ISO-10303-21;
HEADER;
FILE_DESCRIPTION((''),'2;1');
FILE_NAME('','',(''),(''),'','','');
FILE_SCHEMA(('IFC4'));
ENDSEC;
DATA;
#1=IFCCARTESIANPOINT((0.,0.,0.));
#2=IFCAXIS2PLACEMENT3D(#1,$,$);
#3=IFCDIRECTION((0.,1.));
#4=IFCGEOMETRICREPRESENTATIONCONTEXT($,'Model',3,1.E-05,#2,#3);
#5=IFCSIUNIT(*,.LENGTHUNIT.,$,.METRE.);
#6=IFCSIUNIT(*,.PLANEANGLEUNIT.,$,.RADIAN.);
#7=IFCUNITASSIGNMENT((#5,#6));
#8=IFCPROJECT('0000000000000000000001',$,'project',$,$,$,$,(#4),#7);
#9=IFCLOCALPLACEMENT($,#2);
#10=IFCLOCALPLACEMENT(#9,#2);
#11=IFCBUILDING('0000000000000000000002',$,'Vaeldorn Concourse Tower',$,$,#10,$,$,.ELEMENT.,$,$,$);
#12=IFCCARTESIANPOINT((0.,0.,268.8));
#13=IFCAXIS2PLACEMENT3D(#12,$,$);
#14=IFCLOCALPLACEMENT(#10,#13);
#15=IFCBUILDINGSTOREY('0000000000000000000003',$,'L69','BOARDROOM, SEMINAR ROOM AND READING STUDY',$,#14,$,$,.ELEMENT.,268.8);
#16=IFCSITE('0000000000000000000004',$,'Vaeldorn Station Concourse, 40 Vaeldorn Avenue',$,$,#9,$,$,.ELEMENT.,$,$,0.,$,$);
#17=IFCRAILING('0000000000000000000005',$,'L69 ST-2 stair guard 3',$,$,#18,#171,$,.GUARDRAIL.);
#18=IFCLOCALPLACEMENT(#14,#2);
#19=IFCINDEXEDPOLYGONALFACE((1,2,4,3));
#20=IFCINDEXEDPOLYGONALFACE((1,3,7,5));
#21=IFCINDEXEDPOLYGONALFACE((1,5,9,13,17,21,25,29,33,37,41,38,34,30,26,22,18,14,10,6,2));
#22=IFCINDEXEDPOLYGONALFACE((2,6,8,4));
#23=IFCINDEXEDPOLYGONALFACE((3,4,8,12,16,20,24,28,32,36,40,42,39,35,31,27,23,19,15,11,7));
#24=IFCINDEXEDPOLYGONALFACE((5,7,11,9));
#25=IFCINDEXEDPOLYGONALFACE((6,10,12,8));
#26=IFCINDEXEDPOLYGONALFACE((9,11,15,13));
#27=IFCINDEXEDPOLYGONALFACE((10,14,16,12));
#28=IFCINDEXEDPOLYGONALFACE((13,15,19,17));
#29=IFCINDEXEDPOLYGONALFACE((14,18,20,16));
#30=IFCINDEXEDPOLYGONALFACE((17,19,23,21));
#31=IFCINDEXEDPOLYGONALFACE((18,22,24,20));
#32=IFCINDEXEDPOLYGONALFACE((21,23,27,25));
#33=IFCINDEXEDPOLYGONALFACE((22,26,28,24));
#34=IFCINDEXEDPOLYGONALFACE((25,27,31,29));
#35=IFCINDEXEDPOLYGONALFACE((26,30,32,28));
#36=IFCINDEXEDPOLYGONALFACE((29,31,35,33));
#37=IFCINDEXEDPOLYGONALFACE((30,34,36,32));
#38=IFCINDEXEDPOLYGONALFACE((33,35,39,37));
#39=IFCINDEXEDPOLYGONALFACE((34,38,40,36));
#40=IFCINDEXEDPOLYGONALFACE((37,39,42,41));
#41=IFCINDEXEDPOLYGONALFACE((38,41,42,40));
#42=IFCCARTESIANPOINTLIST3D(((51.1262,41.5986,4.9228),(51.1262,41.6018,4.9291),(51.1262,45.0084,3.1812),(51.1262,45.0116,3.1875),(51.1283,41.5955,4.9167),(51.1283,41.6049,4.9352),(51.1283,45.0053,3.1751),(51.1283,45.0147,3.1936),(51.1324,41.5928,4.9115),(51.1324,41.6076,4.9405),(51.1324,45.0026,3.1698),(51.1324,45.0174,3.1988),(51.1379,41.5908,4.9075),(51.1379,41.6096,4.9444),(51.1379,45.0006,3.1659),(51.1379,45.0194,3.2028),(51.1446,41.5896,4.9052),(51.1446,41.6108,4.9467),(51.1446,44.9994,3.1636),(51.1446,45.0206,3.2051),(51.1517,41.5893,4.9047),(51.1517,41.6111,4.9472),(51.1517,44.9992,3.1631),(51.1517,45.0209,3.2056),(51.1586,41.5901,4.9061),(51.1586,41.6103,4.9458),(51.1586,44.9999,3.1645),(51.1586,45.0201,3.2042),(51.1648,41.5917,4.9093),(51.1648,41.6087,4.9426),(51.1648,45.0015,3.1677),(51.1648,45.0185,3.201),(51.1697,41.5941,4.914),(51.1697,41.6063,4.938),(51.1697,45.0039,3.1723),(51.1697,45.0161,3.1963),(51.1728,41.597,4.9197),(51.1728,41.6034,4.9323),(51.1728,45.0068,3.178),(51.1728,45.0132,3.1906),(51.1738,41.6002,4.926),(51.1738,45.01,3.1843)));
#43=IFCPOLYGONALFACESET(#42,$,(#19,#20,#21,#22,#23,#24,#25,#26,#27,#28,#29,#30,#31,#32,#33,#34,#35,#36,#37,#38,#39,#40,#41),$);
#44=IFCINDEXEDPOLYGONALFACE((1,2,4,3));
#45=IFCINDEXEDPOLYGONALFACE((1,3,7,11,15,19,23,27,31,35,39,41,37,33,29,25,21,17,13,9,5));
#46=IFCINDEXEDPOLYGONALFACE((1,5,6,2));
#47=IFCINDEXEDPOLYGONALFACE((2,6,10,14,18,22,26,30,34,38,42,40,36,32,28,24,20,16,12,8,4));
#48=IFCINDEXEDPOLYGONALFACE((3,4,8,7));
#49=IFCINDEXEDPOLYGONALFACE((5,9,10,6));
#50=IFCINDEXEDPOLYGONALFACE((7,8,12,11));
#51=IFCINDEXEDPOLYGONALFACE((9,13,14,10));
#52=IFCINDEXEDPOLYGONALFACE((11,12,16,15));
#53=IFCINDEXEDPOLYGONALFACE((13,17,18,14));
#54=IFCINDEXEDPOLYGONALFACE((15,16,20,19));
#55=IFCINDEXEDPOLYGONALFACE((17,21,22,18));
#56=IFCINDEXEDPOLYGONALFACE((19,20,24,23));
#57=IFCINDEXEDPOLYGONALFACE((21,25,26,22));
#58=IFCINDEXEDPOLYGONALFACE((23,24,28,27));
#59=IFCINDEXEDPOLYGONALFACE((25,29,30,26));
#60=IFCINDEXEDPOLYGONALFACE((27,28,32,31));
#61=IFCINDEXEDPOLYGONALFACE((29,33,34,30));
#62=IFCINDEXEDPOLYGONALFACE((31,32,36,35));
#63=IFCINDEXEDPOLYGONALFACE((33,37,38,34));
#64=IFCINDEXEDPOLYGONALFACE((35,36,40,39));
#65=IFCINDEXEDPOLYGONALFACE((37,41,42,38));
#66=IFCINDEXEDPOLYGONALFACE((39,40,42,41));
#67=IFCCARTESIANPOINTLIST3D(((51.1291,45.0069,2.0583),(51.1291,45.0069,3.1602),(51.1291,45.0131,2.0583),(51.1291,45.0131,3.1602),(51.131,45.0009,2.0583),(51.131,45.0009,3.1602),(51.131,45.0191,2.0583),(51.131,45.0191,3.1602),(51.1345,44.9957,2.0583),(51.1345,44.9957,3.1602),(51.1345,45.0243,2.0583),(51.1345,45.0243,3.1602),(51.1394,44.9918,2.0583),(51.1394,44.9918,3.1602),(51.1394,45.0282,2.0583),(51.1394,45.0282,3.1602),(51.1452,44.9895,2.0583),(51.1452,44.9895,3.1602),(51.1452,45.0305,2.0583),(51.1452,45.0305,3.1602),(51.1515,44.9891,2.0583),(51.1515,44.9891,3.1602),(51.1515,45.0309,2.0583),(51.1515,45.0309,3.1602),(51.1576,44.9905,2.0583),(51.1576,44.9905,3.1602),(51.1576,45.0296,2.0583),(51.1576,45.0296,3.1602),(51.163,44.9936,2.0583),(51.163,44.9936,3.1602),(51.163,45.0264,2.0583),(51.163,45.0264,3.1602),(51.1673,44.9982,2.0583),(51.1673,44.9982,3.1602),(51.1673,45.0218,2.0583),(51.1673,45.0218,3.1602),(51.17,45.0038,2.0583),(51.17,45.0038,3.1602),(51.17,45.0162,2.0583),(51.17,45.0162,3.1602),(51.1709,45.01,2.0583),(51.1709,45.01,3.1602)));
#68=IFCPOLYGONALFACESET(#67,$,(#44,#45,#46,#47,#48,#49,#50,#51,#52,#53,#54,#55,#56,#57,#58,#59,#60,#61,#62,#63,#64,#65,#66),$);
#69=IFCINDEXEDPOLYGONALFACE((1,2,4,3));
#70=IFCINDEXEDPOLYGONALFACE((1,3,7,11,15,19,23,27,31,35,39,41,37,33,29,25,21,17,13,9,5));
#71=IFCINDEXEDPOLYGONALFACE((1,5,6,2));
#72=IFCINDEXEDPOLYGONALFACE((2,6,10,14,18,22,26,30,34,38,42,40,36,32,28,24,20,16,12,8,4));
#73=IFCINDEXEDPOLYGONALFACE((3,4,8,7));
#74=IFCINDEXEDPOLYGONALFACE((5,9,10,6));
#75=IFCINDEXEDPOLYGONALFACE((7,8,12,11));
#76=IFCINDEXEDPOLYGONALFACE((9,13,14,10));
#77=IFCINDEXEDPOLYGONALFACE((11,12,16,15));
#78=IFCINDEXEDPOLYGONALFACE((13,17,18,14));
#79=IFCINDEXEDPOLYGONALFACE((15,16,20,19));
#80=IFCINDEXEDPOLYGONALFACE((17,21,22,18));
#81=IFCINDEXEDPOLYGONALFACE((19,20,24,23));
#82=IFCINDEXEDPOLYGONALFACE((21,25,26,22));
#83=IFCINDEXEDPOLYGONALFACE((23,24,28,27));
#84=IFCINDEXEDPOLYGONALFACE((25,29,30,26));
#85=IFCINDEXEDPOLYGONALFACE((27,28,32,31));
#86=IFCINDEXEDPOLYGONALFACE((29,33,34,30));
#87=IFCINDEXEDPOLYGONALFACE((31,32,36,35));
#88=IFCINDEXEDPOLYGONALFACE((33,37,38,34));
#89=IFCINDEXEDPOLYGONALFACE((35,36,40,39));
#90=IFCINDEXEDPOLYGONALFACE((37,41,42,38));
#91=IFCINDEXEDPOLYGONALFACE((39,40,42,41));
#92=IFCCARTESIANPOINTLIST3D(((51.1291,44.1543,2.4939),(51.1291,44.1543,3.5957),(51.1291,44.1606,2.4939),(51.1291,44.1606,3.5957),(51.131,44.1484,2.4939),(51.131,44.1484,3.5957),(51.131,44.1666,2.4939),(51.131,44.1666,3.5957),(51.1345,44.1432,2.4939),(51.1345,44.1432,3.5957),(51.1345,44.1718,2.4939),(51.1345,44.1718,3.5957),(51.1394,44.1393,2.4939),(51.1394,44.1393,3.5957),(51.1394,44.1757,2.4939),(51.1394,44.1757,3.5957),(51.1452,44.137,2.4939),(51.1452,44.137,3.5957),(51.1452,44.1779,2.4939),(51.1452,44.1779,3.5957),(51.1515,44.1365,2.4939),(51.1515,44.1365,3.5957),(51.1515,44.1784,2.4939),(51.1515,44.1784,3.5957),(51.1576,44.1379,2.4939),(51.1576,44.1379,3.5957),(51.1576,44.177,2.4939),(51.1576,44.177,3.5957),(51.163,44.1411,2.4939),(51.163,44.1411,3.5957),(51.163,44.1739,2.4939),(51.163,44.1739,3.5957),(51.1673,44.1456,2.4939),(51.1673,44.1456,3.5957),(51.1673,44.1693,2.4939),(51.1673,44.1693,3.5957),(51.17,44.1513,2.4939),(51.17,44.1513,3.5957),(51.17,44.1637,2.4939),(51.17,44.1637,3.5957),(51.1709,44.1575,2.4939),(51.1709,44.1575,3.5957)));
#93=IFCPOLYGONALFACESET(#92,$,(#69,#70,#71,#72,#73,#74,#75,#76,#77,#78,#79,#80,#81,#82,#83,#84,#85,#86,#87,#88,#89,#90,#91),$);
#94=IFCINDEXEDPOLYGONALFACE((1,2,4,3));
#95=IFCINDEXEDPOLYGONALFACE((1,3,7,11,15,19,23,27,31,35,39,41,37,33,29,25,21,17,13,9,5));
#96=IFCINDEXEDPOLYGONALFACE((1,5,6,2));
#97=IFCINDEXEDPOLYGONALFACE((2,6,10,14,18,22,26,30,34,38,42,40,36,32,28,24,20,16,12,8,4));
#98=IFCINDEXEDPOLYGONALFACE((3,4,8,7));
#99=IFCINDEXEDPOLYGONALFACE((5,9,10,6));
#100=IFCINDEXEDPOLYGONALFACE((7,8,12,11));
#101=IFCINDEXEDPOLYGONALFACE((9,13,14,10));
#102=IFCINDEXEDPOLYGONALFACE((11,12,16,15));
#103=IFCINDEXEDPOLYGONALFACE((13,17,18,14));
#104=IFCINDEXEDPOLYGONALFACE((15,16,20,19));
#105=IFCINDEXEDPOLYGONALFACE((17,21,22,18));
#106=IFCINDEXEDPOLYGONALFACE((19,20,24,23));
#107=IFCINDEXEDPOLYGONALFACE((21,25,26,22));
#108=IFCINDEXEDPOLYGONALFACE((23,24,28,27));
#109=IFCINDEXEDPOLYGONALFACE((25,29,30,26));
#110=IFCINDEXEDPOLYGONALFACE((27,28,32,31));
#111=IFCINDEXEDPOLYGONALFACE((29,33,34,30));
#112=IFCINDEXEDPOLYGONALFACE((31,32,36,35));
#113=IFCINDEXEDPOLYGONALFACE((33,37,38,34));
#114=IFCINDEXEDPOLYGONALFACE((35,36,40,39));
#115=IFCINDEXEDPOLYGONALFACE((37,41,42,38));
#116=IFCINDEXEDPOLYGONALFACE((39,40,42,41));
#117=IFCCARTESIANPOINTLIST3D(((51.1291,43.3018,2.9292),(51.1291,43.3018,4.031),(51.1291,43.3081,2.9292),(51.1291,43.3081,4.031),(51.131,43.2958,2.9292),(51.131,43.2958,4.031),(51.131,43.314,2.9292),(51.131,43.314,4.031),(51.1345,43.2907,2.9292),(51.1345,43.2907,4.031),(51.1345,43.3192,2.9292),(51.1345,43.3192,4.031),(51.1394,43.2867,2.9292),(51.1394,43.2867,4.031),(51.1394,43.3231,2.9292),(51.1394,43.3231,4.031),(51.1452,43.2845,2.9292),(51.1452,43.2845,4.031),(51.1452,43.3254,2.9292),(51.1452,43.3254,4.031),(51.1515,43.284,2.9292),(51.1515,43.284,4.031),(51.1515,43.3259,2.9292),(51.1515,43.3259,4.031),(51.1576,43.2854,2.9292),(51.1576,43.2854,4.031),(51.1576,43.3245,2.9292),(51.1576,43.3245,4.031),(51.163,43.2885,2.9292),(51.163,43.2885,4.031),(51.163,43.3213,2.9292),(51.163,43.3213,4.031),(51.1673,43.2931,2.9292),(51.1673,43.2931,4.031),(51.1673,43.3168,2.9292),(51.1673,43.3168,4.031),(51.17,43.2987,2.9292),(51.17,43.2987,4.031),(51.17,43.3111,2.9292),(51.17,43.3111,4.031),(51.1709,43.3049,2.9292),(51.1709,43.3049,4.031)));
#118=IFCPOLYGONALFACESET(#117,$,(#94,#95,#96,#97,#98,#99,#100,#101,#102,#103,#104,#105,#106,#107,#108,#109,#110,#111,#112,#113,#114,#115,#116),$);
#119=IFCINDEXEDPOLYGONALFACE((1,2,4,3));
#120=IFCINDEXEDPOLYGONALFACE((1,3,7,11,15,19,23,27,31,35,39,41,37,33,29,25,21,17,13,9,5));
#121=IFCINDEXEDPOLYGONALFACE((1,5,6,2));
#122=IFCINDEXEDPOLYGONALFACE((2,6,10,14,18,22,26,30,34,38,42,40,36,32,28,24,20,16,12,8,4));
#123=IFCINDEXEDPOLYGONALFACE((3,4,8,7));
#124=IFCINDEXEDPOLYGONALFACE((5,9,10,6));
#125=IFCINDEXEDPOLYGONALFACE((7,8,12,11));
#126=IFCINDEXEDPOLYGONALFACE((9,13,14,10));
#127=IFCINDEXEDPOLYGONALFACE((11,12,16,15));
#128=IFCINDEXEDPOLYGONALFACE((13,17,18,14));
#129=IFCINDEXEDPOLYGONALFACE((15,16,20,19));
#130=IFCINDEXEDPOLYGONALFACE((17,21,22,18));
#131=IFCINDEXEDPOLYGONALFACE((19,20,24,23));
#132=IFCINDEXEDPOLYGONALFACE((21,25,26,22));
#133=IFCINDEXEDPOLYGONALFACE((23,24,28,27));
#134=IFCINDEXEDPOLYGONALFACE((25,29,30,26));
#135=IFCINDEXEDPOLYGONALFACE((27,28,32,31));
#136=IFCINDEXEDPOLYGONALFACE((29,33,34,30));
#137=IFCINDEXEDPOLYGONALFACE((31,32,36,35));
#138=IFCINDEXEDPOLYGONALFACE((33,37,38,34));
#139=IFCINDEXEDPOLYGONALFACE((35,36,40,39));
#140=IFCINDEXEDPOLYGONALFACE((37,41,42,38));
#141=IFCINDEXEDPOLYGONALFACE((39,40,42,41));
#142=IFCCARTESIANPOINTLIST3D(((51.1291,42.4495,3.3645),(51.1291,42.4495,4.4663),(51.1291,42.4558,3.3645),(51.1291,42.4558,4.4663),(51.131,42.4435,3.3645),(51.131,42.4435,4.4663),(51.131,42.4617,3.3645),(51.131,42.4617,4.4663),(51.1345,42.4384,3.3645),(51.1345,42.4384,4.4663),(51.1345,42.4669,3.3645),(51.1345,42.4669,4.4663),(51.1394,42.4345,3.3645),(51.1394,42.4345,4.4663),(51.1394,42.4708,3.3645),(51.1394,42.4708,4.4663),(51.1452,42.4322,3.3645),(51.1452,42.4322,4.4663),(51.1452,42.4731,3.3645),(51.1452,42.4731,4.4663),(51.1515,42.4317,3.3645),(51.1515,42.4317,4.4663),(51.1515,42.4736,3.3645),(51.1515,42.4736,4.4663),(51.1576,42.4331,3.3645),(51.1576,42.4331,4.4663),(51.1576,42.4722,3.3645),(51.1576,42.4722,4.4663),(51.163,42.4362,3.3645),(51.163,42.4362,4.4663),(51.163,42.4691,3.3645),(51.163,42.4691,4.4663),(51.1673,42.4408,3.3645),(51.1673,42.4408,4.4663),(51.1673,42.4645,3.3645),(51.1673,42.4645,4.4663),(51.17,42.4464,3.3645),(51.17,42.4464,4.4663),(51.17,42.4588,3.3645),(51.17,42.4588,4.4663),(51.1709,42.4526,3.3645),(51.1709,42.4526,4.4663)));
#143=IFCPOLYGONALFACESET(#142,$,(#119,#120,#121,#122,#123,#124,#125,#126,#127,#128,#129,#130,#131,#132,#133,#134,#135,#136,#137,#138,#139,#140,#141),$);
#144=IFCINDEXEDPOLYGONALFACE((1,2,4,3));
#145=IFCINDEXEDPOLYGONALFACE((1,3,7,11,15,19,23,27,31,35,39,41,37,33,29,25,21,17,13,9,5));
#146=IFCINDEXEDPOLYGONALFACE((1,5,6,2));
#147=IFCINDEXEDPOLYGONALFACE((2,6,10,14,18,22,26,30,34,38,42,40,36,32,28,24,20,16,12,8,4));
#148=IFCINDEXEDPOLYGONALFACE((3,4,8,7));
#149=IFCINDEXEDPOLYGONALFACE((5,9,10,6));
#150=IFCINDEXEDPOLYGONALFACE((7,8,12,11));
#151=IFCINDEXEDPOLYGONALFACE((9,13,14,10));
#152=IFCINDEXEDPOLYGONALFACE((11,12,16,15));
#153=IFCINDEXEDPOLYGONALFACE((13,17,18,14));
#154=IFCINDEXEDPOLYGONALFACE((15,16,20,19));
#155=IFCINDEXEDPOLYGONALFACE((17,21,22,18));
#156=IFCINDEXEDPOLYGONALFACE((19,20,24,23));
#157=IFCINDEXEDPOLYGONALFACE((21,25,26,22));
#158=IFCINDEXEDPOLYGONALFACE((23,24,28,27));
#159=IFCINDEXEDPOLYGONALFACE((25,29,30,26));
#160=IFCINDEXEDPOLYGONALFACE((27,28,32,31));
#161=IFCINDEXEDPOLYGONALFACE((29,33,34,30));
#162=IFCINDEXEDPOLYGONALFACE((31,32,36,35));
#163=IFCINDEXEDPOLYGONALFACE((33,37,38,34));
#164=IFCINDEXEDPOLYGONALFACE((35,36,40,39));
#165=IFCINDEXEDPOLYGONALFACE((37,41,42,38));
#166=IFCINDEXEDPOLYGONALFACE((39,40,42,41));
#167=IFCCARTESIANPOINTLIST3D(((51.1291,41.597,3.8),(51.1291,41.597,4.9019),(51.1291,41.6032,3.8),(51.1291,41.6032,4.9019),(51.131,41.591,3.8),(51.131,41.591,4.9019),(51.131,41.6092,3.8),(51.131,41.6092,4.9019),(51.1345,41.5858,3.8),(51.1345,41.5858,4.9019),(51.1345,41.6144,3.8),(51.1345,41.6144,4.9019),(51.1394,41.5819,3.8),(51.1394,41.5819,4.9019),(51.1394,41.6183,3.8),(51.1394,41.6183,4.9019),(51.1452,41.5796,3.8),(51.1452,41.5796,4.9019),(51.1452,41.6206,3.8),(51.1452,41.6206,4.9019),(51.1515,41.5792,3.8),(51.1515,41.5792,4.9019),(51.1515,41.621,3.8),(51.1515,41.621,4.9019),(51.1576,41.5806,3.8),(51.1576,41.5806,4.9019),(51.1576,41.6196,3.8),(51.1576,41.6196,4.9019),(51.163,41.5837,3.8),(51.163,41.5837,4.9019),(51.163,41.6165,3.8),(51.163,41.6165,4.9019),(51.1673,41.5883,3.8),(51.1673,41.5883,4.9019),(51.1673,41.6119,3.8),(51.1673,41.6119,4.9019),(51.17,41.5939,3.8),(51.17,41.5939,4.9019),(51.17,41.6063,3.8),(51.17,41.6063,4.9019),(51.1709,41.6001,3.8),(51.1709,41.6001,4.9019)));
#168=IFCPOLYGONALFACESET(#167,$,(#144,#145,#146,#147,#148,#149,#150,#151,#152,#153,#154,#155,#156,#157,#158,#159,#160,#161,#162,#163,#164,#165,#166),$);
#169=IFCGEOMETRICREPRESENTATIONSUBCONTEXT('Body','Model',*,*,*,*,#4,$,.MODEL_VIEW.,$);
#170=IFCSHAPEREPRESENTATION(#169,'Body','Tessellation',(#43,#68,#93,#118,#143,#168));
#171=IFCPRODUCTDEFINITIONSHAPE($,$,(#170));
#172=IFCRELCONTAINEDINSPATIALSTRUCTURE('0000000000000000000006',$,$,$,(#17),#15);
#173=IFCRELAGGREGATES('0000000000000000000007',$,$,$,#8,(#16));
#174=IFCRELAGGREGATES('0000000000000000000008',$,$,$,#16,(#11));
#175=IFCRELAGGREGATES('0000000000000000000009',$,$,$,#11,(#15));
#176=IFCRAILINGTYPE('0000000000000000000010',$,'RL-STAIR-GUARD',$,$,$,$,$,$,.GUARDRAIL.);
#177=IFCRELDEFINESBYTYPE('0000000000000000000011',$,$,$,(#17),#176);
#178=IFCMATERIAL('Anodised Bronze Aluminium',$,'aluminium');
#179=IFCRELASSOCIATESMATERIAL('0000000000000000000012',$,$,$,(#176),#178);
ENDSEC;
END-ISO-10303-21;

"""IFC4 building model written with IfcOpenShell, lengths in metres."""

from ifc_helpers import new_model, si_unit, direction, frame, origin, origin_2d, place, context, subcontext, project, spatial, circle, extrude, material, type_object, element, save


model = new_model("IFC4")

# Units and contexts
model_context = context("Model", 3, precision=1e-05, world=origin(), true_north=direction((0.0, 1.0)))
body_context = subcontext(model_context, "Body", "Model", "MODEL_VIEW")
ifc_project = project(units=[si_unit("LENGTHUNIT", "METRE"), si_unit("PLANEANGLEUNIT", "RADIAN")], contexts=[model_context])

# Site, building, storey
site_placement = place(None, origin())
site = spatial("IfcSite", under=ifc_project, at=site_placement, Name="Vaeldorn Station Concourse, 40 Vaeldorn Avenue", CompositionType="ELEMENT", RefElevation=0.0)
building_placement = place(site_placement, origin())
building = spatial("IfcBuilding", under=site, at=building_placement, Name="Vaeldorn Concourse Tower", CompositionType="ELEMENT")
storey_placement = place(building_placement, frame((0.0, 0.0, 268.8)))
storey = spatial("IfcBuildingStorey", under=building, at=storey_placement, Name="L69", Description="BOARDROOM, SEMINAR ROOM AND READING STUDY", CompositionType="ELEMENT", Elevation=268.8)

# Shared definitions
ifc_material_1 = material(Name="Anodised Bronze Aluminium", Category="aluminium")

# Railing
railing_type_1 = type_object("IfcRailingType", Name="RL-STAIR-GUARD", PredefinedType="GUARDRAIL", material=ifc_material_1)
railing_1_placement = place(storey_placement, frame((51.1499, 45.01, 2.0583)))
element("IfcRailing", 1, at=railing_1_placement, inside=storey, type_object=railing_type_1, Name="L69 ST-2 stair guard 3", PredefinedType="GUARDRAIL", context=body_context, shape_type="SweptSolid", body=[
    extrude(circle(Radius=0.0239, at=origin_2d()), frame((0.0, 0.0, 1.126), z_axis=(0.0, -0.890556, 0.454874), x_axis=(1.0, 0.0, 0.0)), (0.0, 0.0, 1.0), 3.8289),
    extrude(circle(Radius=0.021, at=origin_2d()), origin(), (0.0, 0.0, 1.0), 1.1018),
    extrude(circle(Radius=0.021, at=origin_2d()), frame((0.0, -0.8525, 0.4355)), (0.0, 0.0, 1.0), 1.1018),
    extrude(circle(Radius=0.021, at=origin_2d()), frame((0.0, -1.7051, 0.8708)), (0.0, 0.0, 1.0), 1.1018),
    extrude(circle(Radius=0.021, at=origin_2d()), frame((0.0, -2.5574, 1.3062)), (0.0, 0.0, 1.0), 1.1018),
    extrude(circle(Radius=0.021, at=origin_2d()), frame((0.0, -3.4099, 1.7417)), (0.0, 0.0, 1.0), 1.1018),
])

save(model, "model.ifc")
